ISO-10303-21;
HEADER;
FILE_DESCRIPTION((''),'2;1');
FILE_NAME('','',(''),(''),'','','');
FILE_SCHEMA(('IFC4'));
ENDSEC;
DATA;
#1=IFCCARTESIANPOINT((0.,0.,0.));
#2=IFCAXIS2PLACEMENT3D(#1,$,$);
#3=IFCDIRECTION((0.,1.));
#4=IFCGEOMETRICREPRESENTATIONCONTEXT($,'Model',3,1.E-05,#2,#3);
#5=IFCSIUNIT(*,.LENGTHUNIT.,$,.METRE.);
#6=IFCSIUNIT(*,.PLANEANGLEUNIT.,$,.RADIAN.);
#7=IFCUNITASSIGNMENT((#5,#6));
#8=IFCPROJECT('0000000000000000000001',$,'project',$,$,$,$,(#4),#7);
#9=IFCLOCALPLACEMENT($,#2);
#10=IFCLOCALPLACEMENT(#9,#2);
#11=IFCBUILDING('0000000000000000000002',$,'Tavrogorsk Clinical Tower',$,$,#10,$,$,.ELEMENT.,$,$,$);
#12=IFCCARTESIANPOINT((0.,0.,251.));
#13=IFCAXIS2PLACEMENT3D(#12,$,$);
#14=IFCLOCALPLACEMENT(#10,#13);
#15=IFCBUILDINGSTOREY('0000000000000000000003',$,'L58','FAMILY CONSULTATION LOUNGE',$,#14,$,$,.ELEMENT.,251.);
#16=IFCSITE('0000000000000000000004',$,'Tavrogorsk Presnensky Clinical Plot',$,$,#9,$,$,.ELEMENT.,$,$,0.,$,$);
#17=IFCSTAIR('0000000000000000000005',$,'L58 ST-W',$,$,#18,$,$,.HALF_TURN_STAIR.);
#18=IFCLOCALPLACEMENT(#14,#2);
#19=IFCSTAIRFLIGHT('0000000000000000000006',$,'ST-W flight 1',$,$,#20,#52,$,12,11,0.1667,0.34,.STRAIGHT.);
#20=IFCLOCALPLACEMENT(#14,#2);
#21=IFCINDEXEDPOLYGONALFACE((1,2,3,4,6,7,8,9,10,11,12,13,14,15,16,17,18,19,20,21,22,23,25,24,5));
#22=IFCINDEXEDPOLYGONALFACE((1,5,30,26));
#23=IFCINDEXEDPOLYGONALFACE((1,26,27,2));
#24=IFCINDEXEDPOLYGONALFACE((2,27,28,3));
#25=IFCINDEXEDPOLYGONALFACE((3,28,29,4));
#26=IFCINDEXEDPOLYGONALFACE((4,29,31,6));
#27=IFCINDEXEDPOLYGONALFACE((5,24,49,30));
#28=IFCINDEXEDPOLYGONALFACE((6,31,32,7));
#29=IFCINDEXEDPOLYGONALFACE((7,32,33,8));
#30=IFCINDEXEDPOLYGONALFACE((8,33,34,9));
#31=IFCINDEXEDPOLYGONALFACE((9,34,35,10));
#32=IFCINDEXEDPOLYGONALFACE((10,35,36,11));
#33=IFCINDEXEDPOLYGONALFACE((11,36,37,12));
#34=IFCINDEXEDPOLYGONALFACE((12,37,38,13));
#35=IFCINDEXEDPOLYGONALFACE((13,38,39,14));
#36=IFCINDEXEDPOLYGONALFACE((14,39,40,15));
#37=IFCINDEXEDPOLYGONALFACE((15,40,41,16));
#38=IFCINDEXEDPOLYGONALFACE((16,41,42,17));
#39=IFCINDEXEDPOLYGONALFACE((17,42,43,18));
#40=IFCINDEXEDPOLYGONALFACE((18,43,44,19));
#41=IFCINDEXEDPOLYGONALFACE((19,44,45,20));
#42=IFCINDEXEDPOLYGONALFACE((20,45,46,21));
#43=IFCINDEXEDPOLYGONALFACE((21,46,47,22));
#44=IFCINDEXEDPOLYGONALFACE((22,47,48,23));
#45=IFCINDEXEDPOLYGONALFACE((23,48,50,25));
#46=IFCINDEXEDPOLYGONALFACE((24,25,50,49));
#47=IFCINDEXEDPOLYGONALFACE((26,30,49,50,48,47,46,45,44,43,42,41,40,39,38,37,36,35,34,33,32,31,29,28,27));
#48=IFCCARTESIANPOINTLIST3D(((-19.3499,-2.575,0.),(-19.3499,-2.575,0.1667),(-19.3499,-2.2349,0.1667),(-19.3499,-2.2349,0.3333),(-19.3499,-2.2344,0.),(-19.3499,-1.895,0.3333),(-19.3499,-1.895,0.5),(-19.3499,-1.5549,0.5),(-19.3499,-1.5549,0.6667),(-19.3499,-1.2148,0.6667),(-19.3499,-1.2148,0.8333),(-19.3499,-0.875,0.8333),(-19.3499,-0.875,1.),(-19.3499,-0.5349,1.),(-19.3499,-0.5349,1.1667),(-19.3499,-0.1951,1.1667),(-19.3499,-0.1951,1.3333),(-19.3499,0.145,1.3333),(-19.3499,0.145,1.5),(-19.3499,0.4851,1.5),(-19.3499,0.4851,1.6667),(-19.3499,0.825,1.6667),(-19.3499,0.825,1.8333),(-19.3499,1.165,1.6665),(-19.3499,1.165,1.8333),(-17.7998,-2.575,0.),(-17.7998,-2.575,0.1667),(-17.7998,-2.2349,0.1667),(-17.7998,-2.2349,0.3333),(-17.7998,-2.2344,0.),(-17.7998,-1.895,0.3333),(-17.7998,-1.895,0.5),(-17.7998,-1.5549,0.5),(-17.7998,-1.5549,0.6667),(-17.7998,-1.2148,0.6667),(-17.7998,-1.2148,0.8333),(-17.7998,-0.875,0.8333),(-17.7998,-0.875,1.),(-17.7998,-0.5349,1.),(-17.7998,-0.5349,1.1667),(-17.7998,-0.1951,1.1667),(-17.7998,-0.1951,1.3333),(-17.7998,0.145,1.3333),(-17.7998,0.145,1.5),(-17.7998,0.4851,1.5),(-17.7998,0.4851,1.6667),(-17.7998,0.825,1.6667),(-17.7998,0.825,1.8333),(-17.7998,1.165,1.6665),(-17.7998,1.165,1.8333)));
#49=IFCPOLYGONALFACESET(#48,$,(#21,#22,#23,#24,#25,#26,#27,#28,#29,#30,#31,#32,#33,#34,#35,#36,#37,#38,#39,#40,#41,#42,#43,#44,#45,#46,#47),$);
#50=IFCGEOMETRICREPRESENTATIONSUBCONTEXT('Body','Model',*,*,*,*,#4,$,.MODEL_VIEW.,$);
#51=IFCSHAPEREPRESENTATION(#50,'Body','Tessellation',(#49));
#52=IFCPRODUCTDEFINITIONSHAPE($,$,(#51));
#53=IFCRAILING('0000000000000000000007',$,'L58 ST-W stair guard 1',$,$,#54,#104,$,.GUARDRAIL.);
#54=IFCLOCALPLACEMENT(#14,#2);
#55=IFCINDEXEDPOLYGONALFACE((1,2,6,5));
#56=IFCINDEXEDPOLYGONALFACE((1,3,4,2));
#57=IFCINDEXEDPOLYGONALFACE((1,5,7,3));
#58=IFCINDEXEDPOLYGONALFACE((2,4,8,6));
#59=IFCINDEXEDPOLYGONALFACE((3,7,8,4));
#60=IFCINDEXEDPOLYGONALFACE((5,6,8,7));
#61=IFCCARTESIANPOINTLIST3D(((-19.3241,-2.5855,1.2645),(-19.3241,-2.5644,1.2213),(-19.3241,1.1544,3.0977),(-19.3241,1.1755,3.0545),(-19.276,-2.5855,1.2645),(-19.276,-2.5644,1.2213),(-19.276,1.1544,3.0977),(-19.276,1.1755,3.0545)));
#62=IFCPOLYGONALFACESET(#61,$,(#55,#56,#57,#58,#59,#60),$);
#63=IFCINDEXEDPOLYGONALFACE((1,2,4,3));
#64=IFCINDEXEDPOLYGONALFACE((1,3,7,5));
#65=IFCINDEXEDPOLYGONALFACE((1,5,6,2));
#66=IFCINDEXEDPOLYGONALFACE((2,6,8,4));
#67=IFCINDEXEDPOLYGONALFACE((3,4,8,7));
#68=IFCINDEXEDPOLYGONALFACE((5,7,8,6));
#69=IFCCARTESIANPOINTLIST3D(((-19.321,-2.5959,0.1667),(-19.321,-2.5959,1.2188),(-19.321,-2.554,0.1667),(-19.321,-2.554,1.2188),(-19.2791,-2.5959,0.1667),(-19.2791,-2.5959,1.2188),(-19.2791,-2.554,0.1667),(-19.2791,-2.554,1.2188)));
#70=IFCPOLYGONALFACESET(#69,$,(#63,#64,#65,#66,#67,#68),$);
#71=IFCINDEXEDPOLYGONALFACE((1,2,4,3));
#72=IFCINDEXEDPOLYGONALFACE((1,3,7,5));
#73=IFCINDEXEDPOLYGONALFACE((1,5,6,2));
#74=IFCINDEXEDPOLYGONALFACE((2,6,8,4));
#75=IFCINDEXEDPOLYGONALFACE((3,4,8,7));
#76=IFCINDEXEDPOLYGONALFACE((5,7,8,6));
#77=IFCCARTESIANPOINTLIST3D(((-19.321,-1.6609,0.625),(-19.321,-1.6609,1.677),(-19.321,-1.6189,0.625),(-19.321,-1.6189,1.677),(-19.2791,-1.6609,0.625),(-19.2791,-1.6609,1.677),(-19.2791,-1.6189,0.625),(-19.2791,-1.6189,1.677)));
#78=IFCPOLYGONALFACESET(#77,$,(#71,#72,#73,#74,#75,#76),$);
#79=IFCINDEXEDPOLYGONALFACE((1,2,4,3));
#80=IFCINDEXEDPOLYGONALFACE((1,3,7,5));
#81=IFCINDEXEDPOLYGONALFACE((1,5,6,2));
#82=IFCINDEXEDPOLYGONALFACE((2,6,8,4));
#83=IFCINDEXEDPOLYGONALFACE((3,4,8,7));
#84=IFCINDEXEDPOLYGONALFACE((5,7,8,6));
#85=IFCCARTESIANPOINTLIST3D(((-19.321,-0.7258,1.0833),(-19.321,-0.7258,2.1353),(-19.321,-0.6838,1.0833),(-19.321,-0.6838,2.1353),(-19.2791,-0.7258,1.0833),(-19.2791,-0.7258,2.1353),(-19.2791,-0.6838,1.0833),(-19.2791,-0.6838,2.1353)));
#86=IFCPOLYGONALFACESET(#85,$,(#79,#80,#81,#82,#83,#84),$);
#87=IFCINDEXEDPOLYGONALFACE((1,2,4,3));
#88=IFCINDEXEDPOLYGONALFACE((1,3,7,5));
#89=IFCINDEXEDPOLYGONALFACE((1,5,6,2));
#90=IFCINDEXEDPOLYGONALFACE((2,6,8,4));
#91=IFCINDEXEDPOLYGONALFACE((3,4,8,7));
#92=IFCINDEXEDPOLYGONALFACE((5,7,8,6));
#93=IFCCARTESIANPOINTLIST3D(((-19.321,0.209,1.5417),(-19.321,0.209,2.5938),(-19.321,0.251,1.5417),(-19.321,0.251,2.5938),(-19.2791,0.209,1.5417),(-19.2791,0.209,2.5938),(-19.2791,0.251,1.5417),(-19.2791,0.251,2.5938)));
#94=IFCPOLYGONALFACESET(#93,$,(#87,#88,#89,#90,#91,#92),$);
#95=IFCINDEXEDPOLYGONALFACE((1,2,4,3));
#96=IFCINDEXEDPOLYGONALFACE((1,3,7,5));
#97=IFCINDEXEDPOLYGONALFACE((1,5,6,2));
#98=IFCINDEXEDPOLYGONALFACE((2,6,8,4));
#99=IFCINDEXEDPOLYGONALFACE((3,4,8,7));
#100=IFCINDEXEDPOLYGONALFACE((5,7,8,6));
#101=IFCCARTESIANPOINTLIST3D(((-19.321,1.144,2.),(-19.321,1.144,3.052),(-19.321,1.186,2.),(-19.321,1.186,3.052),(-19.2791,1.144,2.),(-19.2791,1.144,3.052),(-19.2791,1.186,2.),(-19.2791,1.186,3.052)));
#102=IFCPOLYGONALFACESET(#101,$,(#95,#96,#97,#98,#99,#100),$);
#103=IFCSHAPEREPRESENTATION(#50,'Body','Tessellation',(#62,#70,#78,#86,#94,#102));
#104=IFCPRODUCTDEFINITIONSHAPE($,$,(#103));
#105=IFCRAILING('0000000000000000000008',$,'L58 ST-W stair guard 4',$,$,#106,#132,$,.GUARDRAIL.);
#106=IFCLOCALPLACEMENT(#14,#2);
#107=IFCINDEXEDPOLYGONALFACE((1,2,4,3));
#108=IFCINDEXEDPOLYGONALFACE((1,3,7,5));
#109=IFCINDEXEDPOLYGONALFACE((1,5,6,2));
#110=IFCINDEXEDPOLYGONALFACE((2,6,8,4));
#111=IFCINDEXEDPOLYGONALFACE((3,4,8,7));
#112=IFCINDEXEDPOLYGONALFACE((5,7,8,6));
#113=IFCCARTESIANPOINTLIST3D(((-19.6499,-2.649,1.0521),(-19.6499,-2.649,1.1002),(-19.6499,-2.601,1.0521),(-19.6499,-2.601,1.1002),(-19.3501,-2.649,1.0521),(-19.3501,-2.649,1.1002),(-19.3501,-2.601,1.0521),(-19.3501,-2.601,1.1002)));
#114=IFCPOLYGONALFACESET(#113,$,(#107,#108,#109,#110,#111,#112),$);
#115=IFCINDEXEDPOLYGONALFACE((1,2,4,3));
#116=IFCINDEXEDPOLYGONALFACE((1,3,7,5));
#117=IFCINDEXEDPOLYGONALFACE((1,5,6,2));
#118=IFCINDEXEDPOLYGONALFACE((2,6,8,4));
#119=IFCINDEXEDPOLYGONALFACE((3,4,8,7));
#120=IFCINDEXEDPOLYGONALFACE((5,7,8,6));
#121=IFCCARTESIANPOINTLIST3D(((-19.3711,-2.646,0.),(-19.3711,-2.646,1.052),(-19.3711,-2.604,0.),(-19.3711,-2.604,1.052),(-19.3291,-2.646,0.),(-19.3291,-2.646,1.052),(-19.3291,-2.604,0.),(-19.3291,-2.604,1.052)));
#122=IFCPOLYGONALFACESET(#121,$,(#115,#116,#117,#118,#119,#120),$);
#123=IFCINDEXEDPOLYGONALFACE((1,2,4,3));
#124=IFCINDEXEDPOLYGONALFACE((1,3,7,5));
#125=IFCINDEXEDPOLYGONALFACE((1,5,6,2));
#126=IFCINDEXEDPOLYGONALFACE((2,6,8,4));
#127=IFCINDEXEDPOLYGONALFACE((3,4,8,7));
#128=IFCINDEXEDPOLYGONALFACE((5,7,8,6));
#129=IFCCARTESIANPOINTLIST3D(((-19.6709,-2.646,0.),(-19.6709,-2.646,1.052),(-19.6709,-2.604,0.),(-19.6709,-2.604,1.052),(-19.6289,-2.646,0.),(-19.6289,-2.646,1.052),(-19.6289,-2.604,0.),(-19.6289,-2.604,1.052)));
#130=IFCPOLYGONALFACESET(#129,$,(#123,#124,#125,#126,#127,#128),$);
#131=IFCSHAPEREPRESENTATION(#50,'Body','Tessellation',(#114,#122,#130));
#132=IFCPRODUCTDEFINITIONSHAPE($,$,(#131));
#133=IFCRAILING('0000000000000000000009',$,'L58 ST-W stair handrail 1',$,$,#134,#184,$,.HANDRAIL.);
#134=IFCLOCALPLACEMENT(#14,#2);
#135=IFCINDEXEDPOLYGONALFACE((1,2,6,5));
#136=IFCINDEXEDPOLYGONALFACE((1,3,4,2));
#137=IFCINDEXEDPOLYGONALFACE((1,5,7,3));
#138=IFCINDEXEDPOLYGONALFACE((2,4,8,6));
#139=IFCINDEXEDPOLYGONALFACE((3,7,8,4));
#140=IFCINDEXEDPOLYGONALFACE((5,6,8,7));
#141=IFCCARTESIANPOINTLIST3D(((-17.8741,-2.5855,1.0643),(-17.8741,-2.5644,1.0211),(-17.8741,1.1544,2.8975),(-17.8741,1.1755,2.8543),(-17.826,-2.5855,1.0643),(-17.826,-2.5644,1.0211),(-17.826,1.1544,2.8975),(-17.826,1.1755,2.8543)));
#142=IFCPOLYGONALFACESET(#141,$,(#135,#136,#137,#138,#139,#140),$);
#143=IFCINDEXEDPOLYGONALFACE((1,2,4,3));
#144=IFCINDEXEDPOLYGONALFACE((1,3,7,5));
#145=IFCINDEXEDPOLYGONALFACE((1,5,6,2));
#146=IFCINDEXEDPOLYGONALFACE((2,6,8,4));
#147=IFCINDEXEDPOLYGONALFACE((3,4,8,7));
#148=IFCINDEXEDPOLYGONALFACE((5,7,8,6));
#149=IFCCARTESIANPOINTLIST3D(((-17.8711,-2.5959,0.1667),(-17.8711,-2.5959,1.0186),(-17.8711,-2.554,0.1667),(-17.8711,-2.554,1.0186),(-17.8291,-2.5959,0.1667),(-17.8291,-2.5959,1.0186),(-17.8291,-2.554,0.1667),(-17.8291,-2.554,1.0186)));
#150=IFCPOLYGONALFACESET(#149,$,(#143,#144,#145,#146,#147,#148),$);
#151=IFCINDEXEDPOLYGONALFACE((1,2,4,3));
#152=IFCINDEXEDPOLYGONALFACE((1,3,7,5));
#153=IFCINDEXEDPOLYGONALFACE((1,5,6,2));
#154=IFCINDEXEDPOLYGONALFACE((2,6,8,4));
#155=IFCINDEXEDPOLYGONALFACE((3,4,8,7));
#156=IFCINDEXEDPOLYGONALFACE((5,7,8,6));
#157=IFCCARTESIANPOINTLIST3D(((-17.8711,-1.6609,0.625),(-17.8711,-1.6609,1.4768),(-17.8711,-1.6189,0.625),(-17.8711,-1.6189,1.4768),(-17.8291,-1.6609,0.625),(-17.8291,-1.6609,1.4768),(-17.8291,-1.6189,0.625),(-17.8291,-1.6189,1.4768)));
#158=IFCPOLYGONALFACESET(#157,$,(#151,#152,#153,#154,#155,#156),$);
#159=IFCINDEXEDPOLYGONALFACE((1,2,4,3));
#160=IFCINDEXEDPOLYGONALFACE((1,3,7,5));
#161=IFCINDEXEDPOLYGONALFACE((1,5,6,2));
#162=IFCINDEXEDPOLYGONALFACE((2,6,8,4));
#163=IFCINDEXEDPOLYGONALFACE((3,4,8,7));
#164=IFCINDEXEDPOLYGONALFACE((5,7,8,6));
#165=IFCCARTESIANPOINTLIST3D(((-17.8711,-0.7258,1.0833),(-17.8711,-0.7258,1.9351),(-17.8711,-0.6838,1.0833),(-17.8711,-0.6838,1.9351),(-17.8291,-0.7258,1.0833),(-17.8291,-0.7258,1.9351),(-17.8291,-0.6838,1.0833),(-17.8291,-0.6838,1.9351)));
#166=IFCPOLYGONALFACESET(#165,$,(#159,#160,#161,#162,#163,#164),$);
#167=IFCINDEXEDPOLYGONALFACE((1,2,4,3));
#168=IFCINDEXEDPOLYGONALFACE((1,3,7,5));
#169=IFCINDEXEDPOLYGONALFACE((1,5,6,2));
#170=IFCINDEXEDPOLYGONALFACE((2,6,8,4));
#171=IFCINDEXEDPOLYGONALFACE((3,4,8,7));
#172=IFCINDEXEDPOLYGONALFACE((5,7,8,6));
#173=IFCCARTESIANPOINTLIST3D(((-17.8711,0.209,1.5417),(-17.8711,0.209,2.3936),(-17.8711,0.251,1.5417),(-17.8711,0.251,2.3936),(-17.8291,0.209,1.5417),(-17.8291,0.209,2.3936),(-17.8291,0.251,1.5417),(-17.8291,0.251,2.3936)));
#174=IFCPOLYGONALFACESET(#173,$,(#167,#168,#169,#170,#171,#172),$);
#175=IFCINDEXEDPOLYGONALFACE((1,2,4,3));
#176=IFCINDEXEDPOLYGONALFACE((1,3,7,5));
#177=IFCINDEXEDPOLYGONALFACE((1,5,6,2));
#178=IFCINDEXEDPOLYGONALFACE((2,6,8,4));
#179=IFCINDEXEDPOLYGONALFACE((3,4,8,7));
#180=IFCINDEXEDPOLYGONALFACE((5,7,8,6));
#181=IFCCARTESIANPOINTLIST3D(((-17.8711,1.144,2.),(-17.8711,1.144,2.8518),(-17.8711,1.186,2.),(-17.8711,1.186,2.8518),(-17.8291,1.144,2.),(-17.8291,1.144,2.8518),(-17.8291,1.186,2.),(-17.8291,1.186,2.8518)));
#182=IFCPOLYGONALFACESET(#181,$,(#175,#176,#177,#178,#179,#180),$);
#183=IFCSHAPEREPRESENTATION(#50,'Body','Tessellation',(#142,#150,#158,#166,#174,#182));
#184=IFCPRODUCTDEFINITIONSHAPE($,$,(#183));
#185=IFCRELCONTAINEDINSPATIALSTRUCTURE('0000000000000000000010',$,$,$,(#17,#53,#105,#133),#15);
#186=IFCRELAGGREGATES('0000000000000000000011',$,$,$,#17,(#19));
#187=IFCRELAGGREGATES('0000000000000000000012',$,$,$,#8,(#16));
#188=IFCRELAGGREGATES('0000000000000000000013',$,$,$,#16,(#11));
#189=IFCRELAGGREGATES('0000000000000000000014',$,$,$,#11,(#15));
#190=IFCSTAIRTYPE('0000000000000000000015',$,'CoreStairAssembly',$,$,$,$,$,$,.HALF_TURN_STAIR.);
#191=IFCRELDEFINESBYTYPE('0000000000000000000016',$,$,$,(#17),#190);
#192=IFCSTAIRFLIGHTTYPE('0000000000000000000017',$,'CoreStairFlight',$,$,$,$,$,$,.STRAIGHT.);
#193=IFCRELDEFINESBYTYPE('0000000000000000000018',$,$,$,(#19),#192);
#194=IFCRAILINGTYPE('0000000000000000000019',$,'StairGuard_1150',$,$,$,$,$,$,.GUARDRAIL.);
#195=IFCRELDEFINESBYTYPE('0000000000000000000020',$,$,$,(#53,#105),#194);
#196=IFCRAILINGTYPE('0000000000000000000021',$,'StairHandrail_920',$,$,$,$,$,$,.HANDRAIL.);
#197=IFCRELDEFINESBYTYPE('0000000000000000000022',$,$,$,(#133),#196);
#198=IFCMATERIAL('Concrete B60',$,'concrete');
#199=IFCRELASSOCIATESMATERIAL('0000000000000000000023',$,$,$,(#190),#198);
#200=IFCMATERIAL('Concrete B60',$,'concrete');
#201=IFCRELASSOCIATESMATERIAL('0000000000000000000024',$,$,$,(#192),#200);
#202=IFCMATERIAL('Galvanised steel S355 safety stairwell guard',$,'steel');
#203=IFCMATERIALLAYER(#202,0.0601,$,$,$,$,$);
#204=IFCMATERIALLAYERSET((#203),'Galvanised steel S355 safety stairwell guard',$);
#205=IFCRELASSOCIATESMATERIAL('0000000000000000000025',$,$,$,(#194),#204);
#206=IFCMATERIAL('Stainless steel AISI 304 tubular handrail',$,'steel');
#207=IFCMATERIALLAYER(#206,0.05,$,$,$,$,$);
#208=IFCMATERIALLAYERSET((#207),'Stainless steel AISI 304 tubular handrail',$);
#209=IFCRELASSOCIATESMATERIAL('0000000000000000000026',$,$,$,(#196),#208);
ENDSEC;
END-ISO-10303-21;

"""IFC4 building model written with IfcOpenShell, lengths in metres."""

from ifc_helpers import new_model, si_unit, direction, frame, origin, origin_2d, place, context, subcontext, project, spatial, polyline, rectangle, outline, extrude, material, layer, layer_set, type_object, element, aggregate, save


model = new_model("IFC4")

# Units and contexts
model_context = context("Model", 3, precision=1e-05, world=origin(), true_north=direction((0.0, 1.0)))
body_context = subcontext(model_context, "Body", "Model", "MODEL_VIEW")
ifc_project = project(units=[si_unit("LENGTHUNIT", "METRE"), si_unit("PLANEANGLEUNIT", "RADIAN")], contexts=[model_context])

# Site, building, storey
site_placement = place(None, origin())
site = spatial("IfcSite", under=ifc_project, at=site_placement, Name="Tavrogorsk Presnensky Clinical Plot", CompositionType="ELEMENT", RefElevation=0.0)
building_placement = place(site_placement, origin())
building = spatial("IfcBuilding", under=site, at=building_placement, Name="Tavrogorsk Clinical Tower", CompositionType="ELEMENT")
storey_placement = place(building_placement, frame((0.0, 0.0, 251.0)))
storey = spatial("IfcBuildingStorey", under=building, at=storey_placement, Name="L58", Description="FAMILY CONSULTATION LOUNGE", CompositionType="ELEMENT", Elevation=251.0)

# Stair, stair flight
ifc_material_1 = material(Name="Concrete B60", Category="concrete")
stair_type = type_object("IfcStairType", Name="CoreStairAssembly", PredefinedType="HALF_TURN_STAIR", material=ifc_material_1)
stair_placement = place(storey_placement, origin())
stair = element("IfcStair", 1, at=stair_placement, inside=storey, type_object=stair_type, Name="L58 ST-W", PredefinedType="HALF_TURN_STAIR")
ifc_material_2 = material(Name="Concrete B60", Category="concrete")
stair_flight_type = type_object("IfcStairFlightType", Name="CoreStairFlight", PredefinedType="STRAIGHT", material=ifc_material_2)
stair_flight_placement = place(storey_placement, frame((-18.575, -2.575, 0.0), z_axis=(0.0, 0.0, 1.0), x_axis=(0.0, 1.0, 0.0)))
stair_flight = element("IfcStairFlight", 2, at=stair_flight_placement, type_object=stair_flight_type, Name="ST-W flight 1", NumberOfRisers=12, NumberOfTreads=11, PredefinedType="STRAIGHT", RiserHeight=0.1667, TreadLength=0.34, context=body_context, shape_type="SweptSolid", body=[
    extrude(outline(polyline([(0.0, 0.0), (0.0, 0.1667), (0.3401, 0.1667), (0.3401, 0.3333), (0.6799, 0.3333), (0.6799, 0.5), (1.02, 0.5), (1.02, 0.6667), (1.3601, 0.6667), (1.3601, 0.8333), (1.7, 0.8333), (1.7, 1.0), (2.04, 1.0), (2.04, 1.1667), (2.3799, 1.1667), (2.3799, 1.3333), (2.72, 1.3333), (2.72, 1.5), (3.0601, 1.5), (3.0601, 1.6667), (3.3999, 1.6667), (3.3999, 1.8333), (3.74, 1.8333), (3.74, 2.0), (3.74, 1.6665), (0.3406, 0.0), (0.0, 0.0)])), frame((0.0, 0.7749, 0.0), z_axis=(0.0, -1.0, 0.0), x_axis=(1.0, 0.0, 0.0)), (0.0, 0.0, 1.0), 1.55),
])
aggregate(stair, [stair_flight])

# Railings
ifc_material_3 = material(Name="Galvanised steel S355 safety stairwell guard", Category="steel")
ifc_layer_1 = layer(ifc_material_3, 0.0601)
ifc_layer_set_1 = layer_set([ifc_layer_1], Name="Galvanised steel S355 safety stairwell guard")
railing_type_1 = type_object("IfcRailingType", Name="StairGuard_1150", PredefinedType="GUARDRAIL", material=ifc_layer_set_1)
railing_1_placement = place(storey_placement, frame((-19.3, -2.575, 0.1667)))
element("IfcRailing", 3, at=railing_1_placement, inside=storey, type_object=railing_type_1, Name="L58 ST-W stair guard 1", PredefinedType="GUARDRAIL", context=body_context, shape_type="SweptSolid", body=[
    extrude(rectangle(XDim=0.0481, YDim=0.0481, at=origin_2d()), frame((0.0, 0.0, 1.0762), z_axis=(0.0, 0.897928, 0.440142), x_axis=(-1.0, 0.0, 0.0)), (0.0, 0.0, 1.0), 4.165),
    extrude(rectangle(XDim=0.042, YDim=0.042, at=origin_2d()), origin(), (0.0, 0.0, 1.0), 1.052),
    extrude(rectangle(XDim=0.042, YDim=0.042, at=origin_2d()), frame((0.0, 0.9351, 0.4583)), (0.0, 0.0, 1.0), 1.052),
    extrude(rectangle(XDim=0.042, YDim=0.042, at=origin_2d()), frame((0.0, 1.8701, 0.9165)), (0.0, 0.0, 1.0), 1.052),
    extrude(rectangle(XDim=0.042, YDim=0.042, at=origin_2d()), frame((0.0, 2.8049, 1.375)), (0.0, 0.0, 1.0), 1.052),
    extrude(rectangle(XDim=0.042, YDim=0.042, at=origin_2d()), frame((0.0, 3.74, 1.8333)), (0.0, 0.0, 1.0), 1.052),
])
railing_2_placement = place(storey_placement, frame((-19.3501, -2.625, 0.0)))
element("IfcRailing", 4, at=railing_2_placement, inside=storey, type_object=railing_type_1, Name="L58 ST-W stair guard 4", PredefinedType="GUARDRAIL", context=body_context, shape_type="SweptSolid", body=[
    extrude(rectangle(XDim=0.0481, YDim=0.0481, at=origin_2d()), frame((0.0, 0.0, 1.0762), z_axis=(-1.0, 0.0, 0.0), x_axis=(0.0, -1.0, 0.0)), (0.0, 0.0, 1.0), 0.2998),
    extrude(rectangle(XDim=0.042, YDim=0.042, at=origin_2d()), origin(), (0.0, 0.0, 1.0), 1.052),
    extrude(rectangle(XDim=0.042, YDim=0.042, at=origin_2d()), frame((-0.2998, 0.0, 0.0)), (0.0, 0.0, 1.0), 1.052),
])
ifc_material_4 = material(Name="Stainless steel AISI 304 tubular handrail", Category="steel")
ifc_layer_2 = layer(ifc_material_4, 0.05)
ifc_layer_set_2 = layer_set([ifc_layer_2], Name="Stainless steel AISI 304 tubular handrail")
railing_type_2 = type_object("IfcRailingType", Name="StairHandrail_920", PredefinedType="HANDRAIL", material=ifc_layer_set_2)
railing_3_placement = place(storey_placement, frame((-17.8501, -2.575, 0.1667)))
element("IfcRailing", 5, at=railing_3_placement, inside=storey, type_object=railing_type_2, Name="L58 ST-W stair handrail 1", PredefinedType="HANDRAIL", context=body_context, shape_type="SweptSolid", body=[
    extrude(rectangle(XDim=0.0481, YDim=0.0481, at=origin_2d()), frame((0.0, 0.0, 0.876), z_axis=(0.0, 0.897928, 0.440142), x_axis=(-1.0, 0.0, 0.0)), (0.0, 0.0, 1.0), 4.165),
    extrude(rectangle(XDim=0.042, YDim=0.042, at=origin_2d()), origin(), (0.0, 0.0, 1.0), 0.8518),
    extrude(rectangle(XDim=0.042, YDim=0.042, at=origin_2d()), frame((0.0, 0.9351, 0.4583)), (0.0, 0.0, 1.0), 0.8518),
    extrude(rectangle(XDim=0.042, YDim=0.042, at=origin_2d()), frame((0.0, 1.8701, 0.9165)), (0.0, 0.0, 1.0), 0.8518),
    extrude(rectangle(XDim=0.042, YDim=0.042, at=origin_2d()), frame((0.0, 2.8049, 1.375)), (0.0, 0.0, 1.0), 0.8518),
    extrude(rectangle(XDim=0.042, YDim=0.042, at=origin_2d()), frame((0.0, 3.74, 1.8333)), (0.0, 0.0, 1.0), 0.8518),
])

save(model, "model.ifc")
